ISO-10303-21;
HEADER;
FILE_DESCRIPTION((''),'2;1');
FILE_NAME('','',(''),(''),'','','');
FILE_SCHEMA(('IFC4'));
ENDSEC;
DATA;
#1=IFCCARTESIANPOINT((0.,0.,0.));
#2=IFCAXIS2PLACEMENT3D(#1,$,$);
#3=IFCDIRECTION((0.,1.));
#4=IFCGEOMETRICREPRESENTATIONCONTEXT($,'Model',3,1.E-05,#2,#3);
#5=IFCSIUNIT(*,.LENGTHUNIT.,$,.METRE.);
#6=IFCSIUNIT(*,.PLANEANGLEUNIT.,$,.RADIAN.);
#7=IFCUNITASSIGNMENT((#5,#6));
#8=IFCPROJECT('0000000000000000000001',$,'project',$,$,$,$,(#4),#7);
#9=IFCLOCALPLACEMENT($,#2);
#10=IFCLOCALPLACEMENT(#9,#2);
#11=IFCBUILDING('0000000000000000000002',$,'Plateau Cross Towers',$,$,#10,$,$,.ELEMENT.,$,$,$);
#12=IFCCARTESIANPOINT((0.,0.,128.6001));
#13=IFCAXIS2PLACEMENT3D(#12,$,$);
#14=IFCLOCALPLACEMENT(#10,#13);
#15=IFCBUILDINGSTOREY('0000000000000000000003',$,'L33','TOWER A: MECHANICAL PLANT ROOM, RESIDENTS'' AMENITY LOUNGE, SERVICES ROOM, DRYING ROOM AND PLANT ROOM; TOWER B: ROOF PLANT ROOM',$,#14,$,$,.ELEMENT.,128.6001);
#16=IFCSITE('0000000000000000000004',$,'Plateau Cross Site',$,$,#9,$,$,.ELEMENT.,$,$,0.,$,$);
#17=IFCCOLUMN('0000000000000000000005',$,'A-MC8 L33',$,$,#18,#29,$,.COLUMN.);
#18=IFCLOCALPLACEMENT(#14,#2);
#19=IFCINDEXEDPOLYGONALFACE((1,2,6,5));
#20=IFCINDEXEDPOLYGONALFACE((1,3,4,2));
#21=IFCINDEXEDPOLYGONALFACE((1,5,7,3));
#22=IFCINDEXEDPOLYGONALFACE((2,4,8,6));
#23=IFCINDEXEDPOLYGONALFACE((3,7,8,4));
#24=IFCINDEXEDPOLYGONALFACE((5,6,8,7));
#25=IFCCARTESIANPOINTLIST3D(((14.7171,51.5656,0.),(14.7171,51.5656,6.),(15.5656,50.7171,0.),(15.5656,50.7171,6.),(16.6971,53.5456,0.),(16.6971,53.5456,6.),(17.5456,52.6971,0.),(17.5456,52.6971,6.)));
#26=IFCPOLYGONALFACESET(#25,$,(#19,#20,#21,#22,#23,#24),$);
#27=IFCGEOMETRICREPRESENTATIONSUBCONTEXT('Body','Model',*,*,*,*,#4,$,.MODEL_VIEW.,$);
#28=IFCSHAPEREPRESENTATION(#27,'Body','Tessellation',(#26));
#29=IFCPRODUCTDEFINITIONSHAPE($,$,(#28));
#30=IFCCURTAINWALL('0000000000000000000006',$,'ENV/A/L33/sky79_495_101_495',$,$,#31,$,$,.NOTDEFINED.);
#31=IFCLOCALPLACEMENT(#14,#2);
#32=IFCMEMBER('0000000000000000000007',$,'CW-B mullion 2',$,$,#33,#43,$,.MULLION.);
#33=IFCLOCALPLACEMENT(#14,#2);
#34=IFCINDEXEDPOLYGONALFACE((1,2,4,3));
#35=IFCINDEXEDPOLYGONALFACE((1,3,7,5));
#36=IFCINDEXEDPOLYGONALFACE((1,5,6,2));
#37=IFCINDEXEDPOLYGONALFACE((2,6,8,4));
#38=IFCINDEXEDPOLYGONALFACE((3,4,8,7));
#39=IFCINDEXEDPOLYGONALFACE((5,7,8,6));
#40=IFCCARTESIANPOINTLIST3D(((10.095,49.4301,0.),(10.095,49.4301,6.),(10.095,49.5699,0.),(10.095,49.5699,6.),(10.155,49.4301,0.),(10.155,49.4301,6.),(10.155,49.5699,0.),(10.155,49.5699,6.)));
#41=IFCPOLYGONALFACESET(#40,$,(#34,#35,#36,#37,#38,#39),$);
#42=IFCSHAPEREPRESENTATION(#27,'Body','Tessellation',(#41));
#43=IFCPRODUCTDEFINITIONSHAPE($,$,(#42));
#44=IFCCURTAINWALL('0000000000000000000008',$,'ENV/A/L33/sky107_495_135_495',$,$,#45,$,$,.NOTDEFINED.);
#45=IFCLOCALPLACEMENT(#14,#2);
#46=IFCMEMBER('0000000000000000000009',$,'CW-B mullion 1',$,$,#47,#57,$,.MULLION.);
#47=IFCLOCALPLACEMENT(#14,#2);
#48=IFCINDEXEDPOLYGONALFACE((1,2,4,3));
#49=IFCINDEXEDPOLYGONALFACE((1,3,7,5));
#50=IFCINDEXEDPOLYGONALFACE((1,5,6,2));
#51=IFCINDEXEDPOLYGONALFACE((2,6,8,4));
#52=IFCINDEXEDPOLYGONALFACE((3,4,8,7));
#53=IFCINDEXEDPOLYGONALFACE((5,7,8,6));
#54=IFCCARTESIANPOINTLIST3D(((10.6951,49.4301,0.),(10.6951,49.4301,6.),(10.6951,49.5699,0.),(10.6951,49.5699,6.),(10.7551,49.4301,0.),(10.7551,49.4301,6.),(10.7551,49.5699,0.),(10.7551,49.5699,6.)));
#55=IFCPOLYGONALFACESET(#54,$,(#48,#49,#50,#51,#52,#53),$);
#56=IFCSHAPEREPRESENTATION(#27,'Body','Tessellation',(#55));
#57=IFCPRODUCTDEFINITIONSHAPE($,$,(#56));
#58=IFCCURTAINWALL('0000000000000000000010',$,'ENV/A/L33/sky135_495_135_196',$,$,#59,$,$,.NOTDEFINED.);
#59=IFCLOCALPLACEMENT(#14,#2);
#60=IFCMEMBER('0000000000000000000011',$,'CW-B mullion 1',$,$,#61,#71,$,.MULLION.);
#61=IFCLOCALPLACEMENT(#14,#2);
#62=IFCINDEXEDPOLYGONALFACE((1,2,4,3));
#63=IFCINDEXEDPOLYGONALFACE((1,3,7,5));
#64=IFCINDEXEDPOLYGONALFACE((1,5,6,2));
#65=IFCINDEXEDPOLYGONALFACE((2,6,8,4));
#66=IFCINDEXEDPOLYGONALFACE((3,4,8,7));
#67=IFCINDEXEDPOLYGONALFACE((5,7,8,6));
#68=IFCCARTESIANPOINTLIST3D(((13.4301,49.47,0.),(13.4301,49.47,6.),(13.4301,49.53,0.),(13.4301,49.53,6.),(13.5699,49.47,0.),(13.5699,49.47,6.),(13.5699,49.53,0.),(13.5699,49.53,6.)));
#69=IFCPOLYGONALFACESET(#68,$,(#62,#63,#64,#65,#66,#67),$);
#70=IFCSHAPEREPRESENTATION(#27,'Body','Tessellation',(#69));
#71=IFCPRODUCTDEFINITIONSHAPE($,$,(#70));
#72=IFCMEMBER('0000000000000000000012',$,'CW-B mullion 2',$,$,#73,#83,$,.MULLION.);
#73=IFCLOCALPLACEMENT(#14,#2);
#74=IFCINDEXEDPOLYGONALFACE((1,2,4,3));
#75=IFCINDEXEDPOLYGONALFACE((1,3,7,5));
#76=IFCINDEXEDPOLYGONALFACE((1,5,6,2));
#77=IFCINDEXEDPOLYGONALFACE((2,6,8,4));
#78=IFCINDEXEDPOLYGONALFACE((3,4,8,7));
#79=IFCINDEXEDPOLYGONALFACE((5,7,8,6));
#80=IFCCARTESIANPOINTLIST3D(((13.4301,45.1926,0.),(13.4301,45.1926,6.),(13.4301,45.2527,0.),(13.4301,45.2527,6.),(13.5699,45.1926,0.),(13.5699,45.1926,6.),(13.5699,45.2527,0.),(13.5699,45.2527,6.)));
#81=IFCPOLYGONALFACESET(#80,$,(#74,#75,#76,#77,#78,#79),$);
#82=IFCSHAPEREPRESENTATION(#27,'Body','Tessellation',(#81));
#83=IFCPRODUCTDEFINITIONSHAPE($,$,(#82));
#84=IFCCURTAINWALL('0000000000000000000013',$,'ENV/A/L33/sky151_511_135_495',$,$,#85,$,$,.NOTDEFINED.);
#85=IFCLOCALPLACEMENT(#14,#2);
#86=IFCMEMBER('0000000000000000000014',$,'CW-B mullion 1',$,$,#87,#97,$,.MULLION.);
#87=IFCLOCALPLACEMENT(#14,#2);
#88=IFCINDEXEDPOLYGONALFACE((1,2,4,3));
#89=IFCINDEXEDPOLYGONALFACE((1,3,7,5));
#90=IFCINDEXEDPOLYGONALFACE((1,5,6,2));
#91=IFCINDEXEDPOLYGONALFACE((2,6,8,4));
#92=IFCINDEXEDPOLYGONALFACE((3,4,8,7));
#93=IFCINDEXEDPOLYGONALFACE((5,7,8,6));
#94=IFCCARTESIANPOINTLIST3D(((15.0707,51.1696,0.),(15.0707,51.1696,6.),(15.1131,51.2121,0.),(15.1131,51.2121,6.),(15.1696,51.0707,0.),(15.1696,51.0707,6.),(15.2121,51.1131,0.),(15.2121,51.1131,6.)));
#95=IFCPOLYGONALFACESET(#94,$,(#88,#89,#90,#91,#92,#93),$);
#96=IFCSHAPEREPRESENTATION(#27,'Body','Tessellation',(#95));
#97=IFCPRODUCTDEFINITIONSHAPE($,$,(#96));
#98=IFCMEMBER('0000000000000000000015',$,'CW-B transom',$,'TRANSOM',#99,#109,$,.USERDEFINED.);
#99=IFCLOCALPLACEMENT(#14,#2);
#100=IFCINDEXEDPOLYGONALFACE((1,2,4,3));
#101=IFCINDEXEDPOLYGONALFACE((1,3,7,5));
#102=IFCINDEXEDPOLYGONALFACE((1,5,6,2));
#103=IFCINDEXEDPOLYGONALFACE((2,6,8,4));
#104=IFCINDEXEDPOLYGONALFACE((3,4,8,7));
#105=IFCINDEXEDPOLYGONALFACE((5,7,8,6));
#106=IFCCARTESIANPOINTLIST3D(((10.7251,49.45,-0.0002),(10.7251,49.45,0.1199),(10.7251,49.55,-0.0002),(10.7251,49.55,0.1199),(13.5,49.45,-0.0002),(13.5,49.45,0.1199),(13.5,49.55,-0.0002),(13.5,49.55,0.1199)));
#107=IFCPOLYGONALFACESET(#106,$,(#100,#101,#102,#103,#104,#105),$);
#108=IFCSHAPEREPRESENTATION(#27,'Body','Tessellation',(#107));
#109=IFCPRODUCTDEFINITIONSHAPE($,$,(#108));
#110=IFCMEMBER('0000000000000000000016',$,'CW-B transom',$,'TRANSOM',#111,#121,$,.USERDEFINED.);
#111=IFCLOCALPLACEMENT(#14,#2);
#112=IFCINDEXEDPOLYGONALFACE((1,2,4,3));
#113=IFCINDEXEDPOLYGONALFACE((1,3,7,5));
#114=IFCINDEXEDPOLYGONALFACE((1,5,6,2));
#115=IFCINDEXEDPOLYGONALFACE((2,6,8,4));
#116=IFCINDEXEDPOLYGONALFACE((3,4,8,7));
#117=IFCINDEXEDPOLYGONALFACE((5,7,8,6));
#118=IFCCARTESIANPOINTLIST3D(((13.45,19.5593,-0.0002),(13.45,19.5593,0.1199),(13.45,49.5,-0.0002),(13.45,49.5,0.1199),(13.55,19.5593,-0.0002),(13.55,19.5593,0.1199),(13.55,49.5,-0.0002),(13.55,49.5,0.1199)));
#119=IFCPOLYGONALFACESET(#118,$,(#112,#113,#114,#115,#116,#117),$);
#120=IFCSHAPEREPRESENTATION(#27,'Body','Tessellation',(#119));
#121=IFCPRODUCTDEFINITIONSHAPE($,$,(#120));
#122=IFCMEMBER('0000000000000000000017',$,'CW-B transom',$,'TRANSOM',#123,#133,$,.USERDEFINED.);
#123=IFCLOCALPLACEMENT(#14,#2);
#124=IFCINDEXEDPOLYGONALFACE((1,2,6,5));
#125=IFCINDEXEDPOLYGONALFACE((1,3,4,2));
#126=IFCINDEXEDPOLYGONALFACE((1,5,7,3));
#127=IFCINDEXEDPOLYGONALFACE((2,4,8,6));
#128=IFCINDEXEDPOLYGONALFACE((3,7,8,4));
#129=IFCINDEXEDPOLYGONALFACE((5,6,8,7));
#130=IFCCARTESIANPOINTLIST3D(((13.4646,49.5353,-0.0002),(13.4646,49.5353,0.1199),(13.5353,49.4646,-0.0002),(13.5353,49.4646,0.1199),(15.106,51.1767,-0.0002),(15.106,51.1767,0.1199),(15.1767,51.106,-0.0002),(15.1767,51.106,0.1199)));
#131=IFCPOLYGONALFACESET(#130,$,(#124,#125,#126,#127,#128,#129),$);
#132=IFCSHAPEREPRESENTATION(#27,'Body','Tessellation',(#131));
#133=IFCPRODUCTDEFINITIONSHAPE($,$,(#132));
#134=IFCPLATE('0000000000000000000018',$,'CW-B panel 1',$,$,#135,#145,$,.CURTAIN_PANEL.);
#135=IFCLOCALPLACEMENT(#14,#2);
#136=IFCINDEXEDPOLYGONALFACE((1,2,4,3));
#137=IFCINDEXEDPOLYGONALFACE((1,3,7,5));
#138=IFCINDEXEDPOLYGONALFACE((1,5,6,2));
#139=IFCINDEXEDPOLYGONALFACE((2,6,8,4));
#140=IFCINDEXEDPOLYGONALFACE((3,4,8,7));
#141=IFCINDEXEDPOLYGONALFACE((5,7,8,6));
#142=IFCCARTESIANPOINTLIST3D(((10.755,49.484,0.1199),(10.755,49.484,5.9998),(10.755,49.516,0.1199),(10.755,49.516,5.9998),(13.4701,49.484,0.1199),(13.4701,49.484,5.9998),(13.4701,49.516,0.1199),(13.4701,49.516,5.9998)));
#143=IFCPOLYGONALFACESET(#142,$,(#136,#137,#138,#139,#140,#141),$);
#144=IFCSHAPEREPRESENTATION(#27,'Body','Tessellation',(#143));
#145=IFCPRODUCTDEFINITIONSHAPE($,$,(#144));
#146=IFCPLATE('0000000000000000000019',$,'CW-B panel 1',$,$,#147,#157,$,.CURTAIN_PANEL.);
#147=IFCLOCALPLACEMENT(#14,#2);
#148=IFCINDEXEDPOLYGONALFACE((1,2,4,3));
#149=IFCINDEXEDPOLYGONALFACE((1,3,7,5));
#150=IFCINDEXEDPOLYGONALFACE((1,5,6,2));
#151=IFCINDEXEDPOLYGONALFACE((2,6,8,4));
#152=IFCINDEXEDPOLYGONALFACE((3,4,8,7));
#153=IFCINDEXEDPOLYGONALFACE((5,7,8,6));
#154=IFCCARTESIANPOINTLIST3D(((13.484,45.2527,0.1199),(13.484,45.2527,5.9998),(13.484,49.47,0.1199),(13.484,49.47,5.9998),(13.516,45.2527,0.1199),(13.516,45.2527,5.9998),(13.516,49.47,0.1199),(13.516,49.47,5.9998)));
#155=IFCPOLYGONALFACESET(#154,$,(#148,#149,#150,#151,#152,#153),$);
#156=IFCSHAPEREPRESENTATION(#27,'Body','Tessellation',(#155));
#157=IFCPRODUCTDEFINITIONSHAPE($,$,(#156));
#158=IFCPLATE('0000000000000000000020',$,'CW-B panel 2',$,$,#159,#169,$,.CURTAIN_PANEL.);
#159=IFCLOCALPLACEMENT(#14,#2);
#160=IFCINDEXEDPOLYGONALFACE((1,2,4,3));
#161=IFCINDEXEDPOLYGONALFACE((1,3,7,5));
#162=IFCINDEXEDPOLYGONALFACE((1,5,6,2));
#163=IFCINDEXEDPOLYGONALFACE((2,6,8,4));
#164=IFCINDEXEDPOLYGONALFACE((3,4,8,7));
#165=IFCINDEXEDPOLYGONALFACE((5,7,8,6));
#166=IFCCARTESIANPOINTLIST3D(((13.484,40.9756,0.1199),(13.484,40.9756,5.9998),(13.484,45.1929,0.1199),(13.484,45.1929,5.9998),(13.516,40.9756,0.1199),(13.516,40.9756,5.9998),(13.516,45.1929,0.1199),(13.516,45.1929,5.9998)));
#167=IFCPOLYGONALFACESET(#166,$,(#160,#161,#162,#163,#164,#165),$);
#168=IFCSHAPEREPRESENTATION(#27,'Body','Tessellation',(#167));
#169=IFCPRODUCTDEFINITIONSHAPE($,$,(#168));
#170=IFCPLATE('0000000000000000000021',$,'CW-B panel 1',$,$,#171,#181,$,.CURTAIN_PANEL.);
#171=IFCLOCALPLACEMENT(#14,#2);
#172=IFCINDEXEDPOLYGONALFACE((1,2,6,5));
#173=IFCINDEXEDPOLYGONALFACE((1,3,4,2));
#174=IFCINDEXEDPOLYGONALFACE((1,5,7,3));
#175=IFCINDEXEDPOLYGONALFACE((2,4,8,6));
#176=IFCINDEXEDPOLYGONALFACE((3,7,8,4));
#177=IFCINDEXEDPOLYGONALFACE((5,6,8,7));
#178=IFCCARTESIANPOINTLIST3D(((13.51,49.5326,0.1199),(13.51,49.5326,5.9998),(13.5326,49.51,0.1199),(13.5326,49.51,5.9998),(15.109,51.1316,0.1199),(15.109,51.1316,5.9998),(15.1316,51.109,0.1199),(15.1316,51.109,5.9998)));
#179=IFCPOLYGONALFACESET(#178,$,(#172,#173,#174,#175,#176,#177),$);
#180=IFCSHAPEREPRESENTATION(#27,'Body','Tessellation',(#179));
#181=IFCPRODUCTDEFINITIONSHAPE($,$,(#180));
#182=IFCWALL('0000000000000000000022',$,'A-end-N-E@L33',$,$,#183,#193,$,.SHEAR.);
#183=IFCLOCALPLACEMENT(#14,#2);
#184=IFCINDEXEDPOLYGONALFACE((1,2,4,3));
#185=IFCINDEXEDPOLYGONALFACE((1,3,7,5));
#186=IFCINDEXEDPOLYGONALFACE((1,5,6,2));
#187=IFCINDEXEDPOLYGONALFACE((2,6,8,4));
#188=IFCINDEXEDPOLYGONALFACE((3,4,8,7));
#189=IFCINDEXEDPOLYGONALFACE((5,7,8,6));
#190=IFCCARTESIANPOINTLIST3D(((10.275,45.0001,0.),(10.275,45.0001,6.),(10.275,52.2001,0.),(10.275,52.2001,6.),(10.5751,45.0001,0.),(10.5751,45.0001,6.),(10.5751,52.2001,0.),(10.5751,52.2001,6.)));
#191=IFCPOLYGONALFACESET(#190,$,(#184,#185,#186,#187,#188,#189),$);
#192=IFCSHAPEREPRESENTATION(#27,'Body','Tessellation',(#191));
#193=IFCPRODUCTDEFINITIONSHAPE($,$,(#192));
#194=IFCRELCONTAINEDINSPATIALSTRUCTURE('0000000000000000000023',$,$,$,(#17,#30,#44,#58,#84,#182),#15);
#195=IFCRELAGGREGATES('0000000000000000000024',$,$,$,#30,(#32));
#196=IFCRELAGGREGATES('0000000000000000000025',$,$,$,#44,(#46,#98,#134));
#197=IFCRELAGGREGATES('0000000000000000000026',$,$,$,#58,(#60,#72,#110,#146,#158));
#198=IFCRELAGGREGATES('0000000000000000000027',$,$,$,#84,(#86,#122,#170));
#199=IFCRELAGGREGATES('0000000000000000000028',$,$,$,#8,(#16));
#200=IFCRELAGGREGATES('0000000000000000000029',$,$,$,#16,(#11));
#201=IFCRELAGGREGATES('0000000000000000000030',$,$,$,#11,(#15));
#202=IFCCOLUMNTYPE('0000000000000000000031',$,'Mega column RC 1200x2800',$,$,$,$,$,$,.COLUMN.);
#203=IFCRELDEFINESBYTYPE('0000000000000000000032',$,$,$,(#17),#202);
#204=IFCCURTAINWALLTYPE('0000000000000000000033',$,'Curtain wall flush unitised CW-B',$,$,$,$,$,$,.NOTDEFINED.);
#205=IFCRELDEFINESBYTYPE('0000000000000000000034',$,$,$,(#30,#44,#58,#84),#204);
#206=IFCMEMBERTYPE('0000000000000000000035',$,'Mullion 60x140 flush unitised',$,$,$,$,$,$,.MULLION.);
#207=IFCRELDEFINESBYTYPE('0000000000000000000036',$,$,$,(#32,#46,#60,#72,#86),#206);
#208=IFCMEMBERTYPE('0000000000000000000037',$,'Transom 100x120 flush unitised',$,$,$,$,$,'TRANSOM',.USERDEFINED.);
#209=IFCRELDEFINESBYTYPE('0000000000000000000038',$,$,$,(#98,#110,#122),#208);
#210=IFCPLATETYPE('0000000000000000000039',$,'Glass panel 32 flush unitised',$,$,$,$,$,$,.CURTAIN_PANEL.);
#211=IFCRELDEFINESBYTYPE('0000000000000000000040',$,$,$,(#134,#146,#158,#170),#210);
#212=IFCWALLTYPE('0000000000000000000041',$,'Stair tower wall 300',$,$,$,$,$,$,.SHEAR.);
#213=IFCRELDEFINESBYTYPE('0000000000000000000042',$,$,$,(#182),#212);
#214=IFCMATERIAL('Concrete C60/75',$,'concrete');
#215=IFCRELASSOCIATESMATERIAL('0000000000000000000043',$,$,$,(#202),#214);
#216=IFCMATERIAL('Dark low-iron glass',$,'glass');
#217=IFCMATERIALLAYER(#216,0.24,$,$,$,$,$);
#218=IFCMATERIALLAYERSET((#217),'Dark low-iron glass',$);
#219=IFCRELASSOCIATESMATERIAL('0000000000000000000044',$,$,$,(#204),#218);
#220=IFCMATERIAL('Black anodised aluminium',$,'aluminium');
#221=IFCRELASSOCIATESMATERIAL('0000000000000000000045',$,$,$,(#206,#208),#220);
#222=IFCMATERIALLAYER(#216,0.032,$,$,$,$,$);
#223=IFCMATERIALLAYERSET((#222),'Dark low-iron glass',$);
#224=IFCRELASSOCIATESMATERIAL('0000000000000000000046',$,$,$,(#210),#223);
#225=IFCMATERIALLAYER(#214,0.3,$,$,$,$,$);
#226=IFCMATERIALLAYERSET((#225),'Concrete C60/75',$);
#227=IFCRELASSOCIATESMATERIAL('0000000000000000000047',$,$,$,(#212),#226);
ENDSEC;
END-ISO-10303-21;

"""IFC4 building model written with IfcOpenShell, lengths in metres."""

from ifc_helpers import new_model, si_unit, direction, frame, frame_2d, origin, origin_2d, place, context, subcontext, project, spatial, rectangle, extrude, material, layer, layer_set, material_profile, profile_set, type_object, element, aggregate, save


model = new_model("IFC4")

# Units and contexts
model_context = context("Model", 3, precision=1e-05, world=origin(), true_north=direction((0.0, 1.0)))
body_context = subcontext(model_context, "Body", "Model", "MODEL_VIEW")
ifc_project = project(units=[si_unit("LENGTHUNIT", "METRE"), si_unit("PLANEANGLEUNIT", "RADIAN")], contexts=[model_context])

# Site, building, storey
site_placement = place(None, origin())
site = spatial("IfcSite", under=ifc_project, at=site_placement, Name="Plateau Cross Site", CompositionType="ELEMENT", RefElevation=0.0)
building_placement = place(site_placement, origin())
building = spatial("IfcBuilding", under=site, at=building_placement, Name="Plateau Cross Towers", CompositionType="ELEMENT")
storey_placement = place(building_placement, frame((0.0, 0.0, 128.6001)))
storey = spatial("IfcBuildingStorey", under=building, at=storey_placement, Name="L33", Description="TOWER A: MECHANICAL PLANT ROOM, RESIDENTS' AMENITY LOUNGE, SERVICES ROOM, DRYING ROOM AND PLANT ROOM; TOWER B: ROOF PLANT ROOM", CompositionType="ELEMENT", Elevation=128.6001)

# Column
ifc_material_1 = material(Name="Concrete C60/75", Category="concrete")
ifc_material_profile_1 = material_profile(ifc_material_1, rectangle(XDim=1.2, YDim=2.8, at=origin_2d()), Name="RC 1200x2800")
ifc_profile_set_1 = profile_set([ifc_material_profile_1], Name="Concrete C60/75")
column_type = type_object("IfcColumnType", Name="Mega column RC 1200x2800", PredefinedType="COLUMN", material=ifc_profile_set_1)
column_placement = place(storey_placement, frame((16.1313, 52.1313, 0.0), z_axis=(0.0, 0.0, 1.0), x_axis=(-0.707107, 0.707107, 0.0)))
element("IfcColumn", 1, at=column_placement, inside=storey, type_object=column_type, Name="A-MC8 L33", PredefinedType="COLUMN", context=body_context, shape_type="SweptSolid", body=[
    extrude(rectangle(XDim=1.2, YDim=2.8, at=origin_2d()), origin(), (0.0, 0.0, 1.0), 6.0),
])

# Curtain walls, members
ifc_material_2 = material(Name="Dark low-iron glass", Category="glass")
ifc_layer_1 = layer(ifc_material_2, 0.24)
ifc_layer_set_1 = layer_set([ifc_layer_1], Name="Dark low-iron glass")
curtain_wall_type = type_object("IfcCurtainWallType", Name="Curtain wall flush unitised CW-B", PredefinedType="NOTDEFINED", material=ifc_layer_set_1)
curtain_wall_1_placement = place(storey_placement, origin())
curtain_wall_1 = element("IfcCurtainWall", 2, at=curtain_wall_1_placement, inside=storey, type_object=curtain_wall_type, Name="ENV/A/L33/sky79_495_101_495", PredefinedType="NOTDEFINED")
ifc_material_3 = material(Name="Black anodised aluminium", Category="aluminium")
ifc_material_profile_2 = material_profile(ifc_material_3, rectangle(XDim=0.0601, YDim=0.1399, at=origin_2d()), Name="MULLION 60x140")
ifc_profile_set_2 = profile_set([ifc_material_profile_2], Name="Black anodised aluminium")
member_type_1 = type_object("IfcMemberType", Name="Mullion 60x140 flush unitised", PredefinedType="MULLION", material=ifc_profile_set_2)
member_1_placement = place(storey_placement, frame((10.125, 49.5, 0.0), z_axis=(0.0, 0.0, 1.0), x_axis=(1.0, 0.0, 0.0)))
member_1 = element("IfcMember", 3, at=member_1_placement, type_object=member_type_1, Name="CW-B mullion 2", PredefinedType="MULLION", context=body_context, shape_type="SweptSolid", body=[
    extrude(rectangle(XDim=0.0601, YDim=0.1399, at=origin_2d()), origin(), (0.0, 0.0, 1.0), 6.0),
])
aggregate(curtain_wall_1, [member_1])
curtain_wall_2_placement = place(storey_placement, origin())
curtain_wall_2 = element("IfcCurtainWall", 4, at=curtain_wall_2_placement, inside=storey, type_object=curtain_wall_type, Name="ENV/A/L33/sky107_495_135_495", PredefinedType="NOTDEFINED")
member_2_placement = place(storey_placement, frame((10.7251, 49.5, 0.0), z_axis=(0.0, 0.0, 1.0), x_axis=(1.0, 0.0, 0.0)))
member_2 = element("IfcMember", 5, at=member_2_placement, type_object=member_type_1, Name="CW-B mullion 1", PredefinedType="MULLION", context=body_context, shape_type="SweptSolid", body=[
    extrude(rectangle(XDim=0.0601, YDim=0.1399, at=origin_2d()), origin(), (0.0, 0.0, 1.0), 6.0),
])

# Curtain wall, members
curtain_wall_3_placement = place(storey_placement, origin())
curtain_wall_3 = element("IfcCurtainWall", 6, at=curtain_wall_3_placement, inside=storey, type_object=curtain_wall_type, Name="ENV/A/L33/sky135_495_135_196", PredefinedType="NOTDEFINED")
member_3_placement = place(storey_placement, frame((13.5, 49.5, 0.0), z_axis=(0.0, 0.0, 1.0), x_axis=(0.0, -1.0, 0.0)))
member_3 = element("IfcMember", 7, at=member_3_placement, type_object=member_type_1, Name="CW-B mullion 1", PredefinedType="MULLION", context=body_context, shape_type="SweptSolid", body=[
    extrude(rectangle(XDim=0.0601, YDim=0.1399, at=origin_2d()), origin(), (0.0, 0.0, 1.0), 6.0),
])
member_4_placement = place(storey_placement, frame((13.5, 45.2227, 0.0), z_axis=(0.0, 0.0, 1.0), x_axis=(0.0, -1.0, 0.0)))
member_4 = element("IfcMember", 8, at=member_4_placement, type_object=member_type_1, Name="CW-B mullion 2", PredefinedType="MULLION", context=body_context, shape_type="SweptSolid", body=[
    extrude(rectangle(XDim=0.0601, YDim=0.1399, at=origin_2d()), origin(), (0.0, 0.0, 1.0), 6.0),
])

# Curtain wall, member
curtain_wall_4_placement = place(storey_placement, origin())
curtain_wall_4 = element("IfcCurtainWall", 9, at=curtain_wall_4_placement, inside=storey, type_object=curtain_wall_type, Name="ENV/A/L33/sky151_511_135_495", PredefinedType="NOTDEFINED")
member_5_placement = place(storey_placement, frame((15.1414, 51.1414, 0.0), z_axis=(0.0, 0.0, 1.0), x_axis=(-0.707107, -0.707107, 0.0)))
member_5 = element("IfcMember", 10, at=member_5_placement, type_object=member_type_1, Name="CW-B mullion 1", PredefinedType="MULLION", context=body_context, shape_type="SweptSolid", body=[
    extrude(rectangle(XDim=0.0601, YDim=0.1399, at=origin_2d()), origin(), (0.0, 0.0, 1.0), 6.0),
])

# Members
ifc_material_profile_3 = material_profile(ifc_material_3, rectangle(XDim=0.1001, YDim=0.1201, at=origin_2d()), Name="TRANSOM 100x120")
ifc_profile_set_3 = profile_set([ifc_material_profile_3], Name="Black anodised aluminium")
member_type_2 = type_object("IfcMemberType", Name="Transom 100x120 flush unitised", ElementType="TRANSOM", PredefinedType="USERDEFINED", material=ifc_profile_set_3)
member_6_placement = place(storey_placement, frame((10.7251, 49.5, 0.0598), z_axis=(1.0, 0.0, 0.0), x_axis=(0.0, 1.0, 0.0)))
member_6 = element("IfcMember", 11, at=member_6_placement, type_object=member_type_2, Name="CW-B transom", ObjectType="TRANSOM", PredefinedType="USERDEFINED", context=body_context, shape_type="SweptSolid", body=[
    extrude(rectangle(XDim=0.1001, YDim=0.1201, at=origin_2d()), origin(), (0.0, 0.0, 1.0), 2.7749),
])
member_7_placement = place(storey_placement, frame((13.5, 49.5, 0.0598), z_axis=(0.0, -1.0, 0.0), x_axis=(1.0, 0.0, 0.0)))
member_7 = element("IfcMember", 12, at=member_7_placement, type_object=member_type_2, Name="CW-B transom", ObjectType="TRANSOM", PredefinedType="USERDEFINED", context=body_context, shape_type="SweptSolid", body=[
    extrude(rectangle(XDim=0.1001, YDim=0.1201, at=origin_2d()), origin(), (0.0, 0.0, 1.0), 29.9407),
])
member_8_placement = place(storey_placement, frame((15.1414, 51.1414, 0.0598), z_axis=(-0.707107, -0.707107, 0.0), x_axis=(0.707107, -0.707107, 0.0)))
member_8 = element("IfcMember", 13, at=member_8_placement, type_object=member_type_2, Name="CW-B transom", ObjectType="TRANSOM", PredefinedType="USERDEFINED", context=body_context, shape_type="SweptSolid", body=[
    extrude(rectangle(XDim=0.1001, YDim=0.1201, at=origin_2d()), origin(), (0.0, 0.0, 1.0), 2.3213),
])

# Plates
ifc_layer_2 = layer(ifc_material_2, 0.032)
ifc_layer_set_2 = layer_set([ifc_layer_2], Name="Dark low-iron glass")
plate_type = type_object("IfcPlateType", Name="Glass panel 32 flush unitised", PredefinedType="CURTAIN_PANEL", material=ifc_layer_set_2)
plate_1_placement = place(storey_placement, frame((12.1125, 49.5, 0.1199), z_axis=(0.0, 0.0, 1.0), x_axis=(1.0, 0.0, 0.0)))
plate_1 = element("IfcPlate", 14, at=plate_1_placement, type_object=plate_type, Name="CW-B panel 1", PredefinedType="CURTAIN_PANEL", context=body_context, shape_type="SweptSolid", body=[
    extrude(rectangle(XDim=2.7151, YDim=0.032, at=origin_2d()), origin(), (0.0, 0.0, 1.0), 5.8799),
])
aggregate(curtain_wall_2, [member_2, member_6, plate_1])
plate_2_placement = place(storey_placement, frame((13.5, 47.3613, 0.1199), z_axis=(0.0, 0.0, 1.0), x_axis=(0.0, -1.0, 0.0)))
plate_2 = element("IfcPlate", 15, at=plate_2_placement, type_object=plate_type, Name="CW-B panel 1", PredefinedType="CURTAIN_PANEL", context=body_context, shape_type="SweptSolid", body=[
    extrude(rectangle(XDim=4.2173, YDim=0.032, at=origin_2d()), origin(), (0.0, 0.0, 1.0), 5.8799),
])
plate_3_placement = place(storey_placement, frame((13.5, 43.0842, 0.1199), z_axis=(0.0, 0.0, 1.0), x_axis=(0.0, -1.0, 0.0)))
plate_3 = element("IfcPlate", 16, at=plate_3_placement, type_object=plate_type, Name="CW-B panel 2", PredefinedType="CURTAIN_PANEL", context=body_context, shape_type="SweptSolid", body=[
    extrude(rectangle(XDim=4.2173, YDim=0.032, at=origin_2d()), origin(), (0.0, 0.0, 1.0), 5.8799),
])
aggregate(curtain_wall_3, [member_3, member_4, member_7, plate_2, plate_3])
plate_4_placement = place(storey_placement, frame((14.3208, 50.3208, 0.1199), z_axis=(0.0, 0.0, 1.0), x_axis=(-0.707107, -0.707107, 0.0)))
plate_4 = element("IfcPlate", 17, at=plate_4_placement, type_object=plate_type, Name="CW-B panel 1", PredefinedType="CURTAIN_PANEL", context=body_context, shape_type="SweptSolid", body=[
    extrude(rectangle(XDim=2.2612, YDim=0.032, at=origin_2d()), origin(), (0.0, 0.0, 1.0), 5.8799),
])
aggregate(curtain_wall_4, [member_5, member_8, plate_4])

# Wall
ifc_layer_3 = layer(ifc_material_1, 0.3)
ifc_layer_set_3 = layer_set([ifc_layer_3], Name="Concrete C60/75")
wall_type = type_object("IfcWallType", Name="Stair tower wall 300", PredefinedType="SHEAR", material=ifc_layer_set_3)
wall_placement = place(storey_placement, frame((10.425, 45.0, 0.0), z_axis=(0.0, 0.0, 1.0), x_axis=(0.0, 1.0, 0.0)))
element("IfcWall", 18, at=wall_placement, inside=storey, type_object=wall_type, Name="A-end-N-E@L33", PredefinedType="SHEAR", context=body_context, shape_type="SweptSolid", body=[
    extrude(rectangle(XDim=7.2, YDim=0.3, at=frame_2d((3.6001, 0.0))), origin(), (0.0, 0.0, 1.0), 6.0),
])

save(model, "model.ifc")
